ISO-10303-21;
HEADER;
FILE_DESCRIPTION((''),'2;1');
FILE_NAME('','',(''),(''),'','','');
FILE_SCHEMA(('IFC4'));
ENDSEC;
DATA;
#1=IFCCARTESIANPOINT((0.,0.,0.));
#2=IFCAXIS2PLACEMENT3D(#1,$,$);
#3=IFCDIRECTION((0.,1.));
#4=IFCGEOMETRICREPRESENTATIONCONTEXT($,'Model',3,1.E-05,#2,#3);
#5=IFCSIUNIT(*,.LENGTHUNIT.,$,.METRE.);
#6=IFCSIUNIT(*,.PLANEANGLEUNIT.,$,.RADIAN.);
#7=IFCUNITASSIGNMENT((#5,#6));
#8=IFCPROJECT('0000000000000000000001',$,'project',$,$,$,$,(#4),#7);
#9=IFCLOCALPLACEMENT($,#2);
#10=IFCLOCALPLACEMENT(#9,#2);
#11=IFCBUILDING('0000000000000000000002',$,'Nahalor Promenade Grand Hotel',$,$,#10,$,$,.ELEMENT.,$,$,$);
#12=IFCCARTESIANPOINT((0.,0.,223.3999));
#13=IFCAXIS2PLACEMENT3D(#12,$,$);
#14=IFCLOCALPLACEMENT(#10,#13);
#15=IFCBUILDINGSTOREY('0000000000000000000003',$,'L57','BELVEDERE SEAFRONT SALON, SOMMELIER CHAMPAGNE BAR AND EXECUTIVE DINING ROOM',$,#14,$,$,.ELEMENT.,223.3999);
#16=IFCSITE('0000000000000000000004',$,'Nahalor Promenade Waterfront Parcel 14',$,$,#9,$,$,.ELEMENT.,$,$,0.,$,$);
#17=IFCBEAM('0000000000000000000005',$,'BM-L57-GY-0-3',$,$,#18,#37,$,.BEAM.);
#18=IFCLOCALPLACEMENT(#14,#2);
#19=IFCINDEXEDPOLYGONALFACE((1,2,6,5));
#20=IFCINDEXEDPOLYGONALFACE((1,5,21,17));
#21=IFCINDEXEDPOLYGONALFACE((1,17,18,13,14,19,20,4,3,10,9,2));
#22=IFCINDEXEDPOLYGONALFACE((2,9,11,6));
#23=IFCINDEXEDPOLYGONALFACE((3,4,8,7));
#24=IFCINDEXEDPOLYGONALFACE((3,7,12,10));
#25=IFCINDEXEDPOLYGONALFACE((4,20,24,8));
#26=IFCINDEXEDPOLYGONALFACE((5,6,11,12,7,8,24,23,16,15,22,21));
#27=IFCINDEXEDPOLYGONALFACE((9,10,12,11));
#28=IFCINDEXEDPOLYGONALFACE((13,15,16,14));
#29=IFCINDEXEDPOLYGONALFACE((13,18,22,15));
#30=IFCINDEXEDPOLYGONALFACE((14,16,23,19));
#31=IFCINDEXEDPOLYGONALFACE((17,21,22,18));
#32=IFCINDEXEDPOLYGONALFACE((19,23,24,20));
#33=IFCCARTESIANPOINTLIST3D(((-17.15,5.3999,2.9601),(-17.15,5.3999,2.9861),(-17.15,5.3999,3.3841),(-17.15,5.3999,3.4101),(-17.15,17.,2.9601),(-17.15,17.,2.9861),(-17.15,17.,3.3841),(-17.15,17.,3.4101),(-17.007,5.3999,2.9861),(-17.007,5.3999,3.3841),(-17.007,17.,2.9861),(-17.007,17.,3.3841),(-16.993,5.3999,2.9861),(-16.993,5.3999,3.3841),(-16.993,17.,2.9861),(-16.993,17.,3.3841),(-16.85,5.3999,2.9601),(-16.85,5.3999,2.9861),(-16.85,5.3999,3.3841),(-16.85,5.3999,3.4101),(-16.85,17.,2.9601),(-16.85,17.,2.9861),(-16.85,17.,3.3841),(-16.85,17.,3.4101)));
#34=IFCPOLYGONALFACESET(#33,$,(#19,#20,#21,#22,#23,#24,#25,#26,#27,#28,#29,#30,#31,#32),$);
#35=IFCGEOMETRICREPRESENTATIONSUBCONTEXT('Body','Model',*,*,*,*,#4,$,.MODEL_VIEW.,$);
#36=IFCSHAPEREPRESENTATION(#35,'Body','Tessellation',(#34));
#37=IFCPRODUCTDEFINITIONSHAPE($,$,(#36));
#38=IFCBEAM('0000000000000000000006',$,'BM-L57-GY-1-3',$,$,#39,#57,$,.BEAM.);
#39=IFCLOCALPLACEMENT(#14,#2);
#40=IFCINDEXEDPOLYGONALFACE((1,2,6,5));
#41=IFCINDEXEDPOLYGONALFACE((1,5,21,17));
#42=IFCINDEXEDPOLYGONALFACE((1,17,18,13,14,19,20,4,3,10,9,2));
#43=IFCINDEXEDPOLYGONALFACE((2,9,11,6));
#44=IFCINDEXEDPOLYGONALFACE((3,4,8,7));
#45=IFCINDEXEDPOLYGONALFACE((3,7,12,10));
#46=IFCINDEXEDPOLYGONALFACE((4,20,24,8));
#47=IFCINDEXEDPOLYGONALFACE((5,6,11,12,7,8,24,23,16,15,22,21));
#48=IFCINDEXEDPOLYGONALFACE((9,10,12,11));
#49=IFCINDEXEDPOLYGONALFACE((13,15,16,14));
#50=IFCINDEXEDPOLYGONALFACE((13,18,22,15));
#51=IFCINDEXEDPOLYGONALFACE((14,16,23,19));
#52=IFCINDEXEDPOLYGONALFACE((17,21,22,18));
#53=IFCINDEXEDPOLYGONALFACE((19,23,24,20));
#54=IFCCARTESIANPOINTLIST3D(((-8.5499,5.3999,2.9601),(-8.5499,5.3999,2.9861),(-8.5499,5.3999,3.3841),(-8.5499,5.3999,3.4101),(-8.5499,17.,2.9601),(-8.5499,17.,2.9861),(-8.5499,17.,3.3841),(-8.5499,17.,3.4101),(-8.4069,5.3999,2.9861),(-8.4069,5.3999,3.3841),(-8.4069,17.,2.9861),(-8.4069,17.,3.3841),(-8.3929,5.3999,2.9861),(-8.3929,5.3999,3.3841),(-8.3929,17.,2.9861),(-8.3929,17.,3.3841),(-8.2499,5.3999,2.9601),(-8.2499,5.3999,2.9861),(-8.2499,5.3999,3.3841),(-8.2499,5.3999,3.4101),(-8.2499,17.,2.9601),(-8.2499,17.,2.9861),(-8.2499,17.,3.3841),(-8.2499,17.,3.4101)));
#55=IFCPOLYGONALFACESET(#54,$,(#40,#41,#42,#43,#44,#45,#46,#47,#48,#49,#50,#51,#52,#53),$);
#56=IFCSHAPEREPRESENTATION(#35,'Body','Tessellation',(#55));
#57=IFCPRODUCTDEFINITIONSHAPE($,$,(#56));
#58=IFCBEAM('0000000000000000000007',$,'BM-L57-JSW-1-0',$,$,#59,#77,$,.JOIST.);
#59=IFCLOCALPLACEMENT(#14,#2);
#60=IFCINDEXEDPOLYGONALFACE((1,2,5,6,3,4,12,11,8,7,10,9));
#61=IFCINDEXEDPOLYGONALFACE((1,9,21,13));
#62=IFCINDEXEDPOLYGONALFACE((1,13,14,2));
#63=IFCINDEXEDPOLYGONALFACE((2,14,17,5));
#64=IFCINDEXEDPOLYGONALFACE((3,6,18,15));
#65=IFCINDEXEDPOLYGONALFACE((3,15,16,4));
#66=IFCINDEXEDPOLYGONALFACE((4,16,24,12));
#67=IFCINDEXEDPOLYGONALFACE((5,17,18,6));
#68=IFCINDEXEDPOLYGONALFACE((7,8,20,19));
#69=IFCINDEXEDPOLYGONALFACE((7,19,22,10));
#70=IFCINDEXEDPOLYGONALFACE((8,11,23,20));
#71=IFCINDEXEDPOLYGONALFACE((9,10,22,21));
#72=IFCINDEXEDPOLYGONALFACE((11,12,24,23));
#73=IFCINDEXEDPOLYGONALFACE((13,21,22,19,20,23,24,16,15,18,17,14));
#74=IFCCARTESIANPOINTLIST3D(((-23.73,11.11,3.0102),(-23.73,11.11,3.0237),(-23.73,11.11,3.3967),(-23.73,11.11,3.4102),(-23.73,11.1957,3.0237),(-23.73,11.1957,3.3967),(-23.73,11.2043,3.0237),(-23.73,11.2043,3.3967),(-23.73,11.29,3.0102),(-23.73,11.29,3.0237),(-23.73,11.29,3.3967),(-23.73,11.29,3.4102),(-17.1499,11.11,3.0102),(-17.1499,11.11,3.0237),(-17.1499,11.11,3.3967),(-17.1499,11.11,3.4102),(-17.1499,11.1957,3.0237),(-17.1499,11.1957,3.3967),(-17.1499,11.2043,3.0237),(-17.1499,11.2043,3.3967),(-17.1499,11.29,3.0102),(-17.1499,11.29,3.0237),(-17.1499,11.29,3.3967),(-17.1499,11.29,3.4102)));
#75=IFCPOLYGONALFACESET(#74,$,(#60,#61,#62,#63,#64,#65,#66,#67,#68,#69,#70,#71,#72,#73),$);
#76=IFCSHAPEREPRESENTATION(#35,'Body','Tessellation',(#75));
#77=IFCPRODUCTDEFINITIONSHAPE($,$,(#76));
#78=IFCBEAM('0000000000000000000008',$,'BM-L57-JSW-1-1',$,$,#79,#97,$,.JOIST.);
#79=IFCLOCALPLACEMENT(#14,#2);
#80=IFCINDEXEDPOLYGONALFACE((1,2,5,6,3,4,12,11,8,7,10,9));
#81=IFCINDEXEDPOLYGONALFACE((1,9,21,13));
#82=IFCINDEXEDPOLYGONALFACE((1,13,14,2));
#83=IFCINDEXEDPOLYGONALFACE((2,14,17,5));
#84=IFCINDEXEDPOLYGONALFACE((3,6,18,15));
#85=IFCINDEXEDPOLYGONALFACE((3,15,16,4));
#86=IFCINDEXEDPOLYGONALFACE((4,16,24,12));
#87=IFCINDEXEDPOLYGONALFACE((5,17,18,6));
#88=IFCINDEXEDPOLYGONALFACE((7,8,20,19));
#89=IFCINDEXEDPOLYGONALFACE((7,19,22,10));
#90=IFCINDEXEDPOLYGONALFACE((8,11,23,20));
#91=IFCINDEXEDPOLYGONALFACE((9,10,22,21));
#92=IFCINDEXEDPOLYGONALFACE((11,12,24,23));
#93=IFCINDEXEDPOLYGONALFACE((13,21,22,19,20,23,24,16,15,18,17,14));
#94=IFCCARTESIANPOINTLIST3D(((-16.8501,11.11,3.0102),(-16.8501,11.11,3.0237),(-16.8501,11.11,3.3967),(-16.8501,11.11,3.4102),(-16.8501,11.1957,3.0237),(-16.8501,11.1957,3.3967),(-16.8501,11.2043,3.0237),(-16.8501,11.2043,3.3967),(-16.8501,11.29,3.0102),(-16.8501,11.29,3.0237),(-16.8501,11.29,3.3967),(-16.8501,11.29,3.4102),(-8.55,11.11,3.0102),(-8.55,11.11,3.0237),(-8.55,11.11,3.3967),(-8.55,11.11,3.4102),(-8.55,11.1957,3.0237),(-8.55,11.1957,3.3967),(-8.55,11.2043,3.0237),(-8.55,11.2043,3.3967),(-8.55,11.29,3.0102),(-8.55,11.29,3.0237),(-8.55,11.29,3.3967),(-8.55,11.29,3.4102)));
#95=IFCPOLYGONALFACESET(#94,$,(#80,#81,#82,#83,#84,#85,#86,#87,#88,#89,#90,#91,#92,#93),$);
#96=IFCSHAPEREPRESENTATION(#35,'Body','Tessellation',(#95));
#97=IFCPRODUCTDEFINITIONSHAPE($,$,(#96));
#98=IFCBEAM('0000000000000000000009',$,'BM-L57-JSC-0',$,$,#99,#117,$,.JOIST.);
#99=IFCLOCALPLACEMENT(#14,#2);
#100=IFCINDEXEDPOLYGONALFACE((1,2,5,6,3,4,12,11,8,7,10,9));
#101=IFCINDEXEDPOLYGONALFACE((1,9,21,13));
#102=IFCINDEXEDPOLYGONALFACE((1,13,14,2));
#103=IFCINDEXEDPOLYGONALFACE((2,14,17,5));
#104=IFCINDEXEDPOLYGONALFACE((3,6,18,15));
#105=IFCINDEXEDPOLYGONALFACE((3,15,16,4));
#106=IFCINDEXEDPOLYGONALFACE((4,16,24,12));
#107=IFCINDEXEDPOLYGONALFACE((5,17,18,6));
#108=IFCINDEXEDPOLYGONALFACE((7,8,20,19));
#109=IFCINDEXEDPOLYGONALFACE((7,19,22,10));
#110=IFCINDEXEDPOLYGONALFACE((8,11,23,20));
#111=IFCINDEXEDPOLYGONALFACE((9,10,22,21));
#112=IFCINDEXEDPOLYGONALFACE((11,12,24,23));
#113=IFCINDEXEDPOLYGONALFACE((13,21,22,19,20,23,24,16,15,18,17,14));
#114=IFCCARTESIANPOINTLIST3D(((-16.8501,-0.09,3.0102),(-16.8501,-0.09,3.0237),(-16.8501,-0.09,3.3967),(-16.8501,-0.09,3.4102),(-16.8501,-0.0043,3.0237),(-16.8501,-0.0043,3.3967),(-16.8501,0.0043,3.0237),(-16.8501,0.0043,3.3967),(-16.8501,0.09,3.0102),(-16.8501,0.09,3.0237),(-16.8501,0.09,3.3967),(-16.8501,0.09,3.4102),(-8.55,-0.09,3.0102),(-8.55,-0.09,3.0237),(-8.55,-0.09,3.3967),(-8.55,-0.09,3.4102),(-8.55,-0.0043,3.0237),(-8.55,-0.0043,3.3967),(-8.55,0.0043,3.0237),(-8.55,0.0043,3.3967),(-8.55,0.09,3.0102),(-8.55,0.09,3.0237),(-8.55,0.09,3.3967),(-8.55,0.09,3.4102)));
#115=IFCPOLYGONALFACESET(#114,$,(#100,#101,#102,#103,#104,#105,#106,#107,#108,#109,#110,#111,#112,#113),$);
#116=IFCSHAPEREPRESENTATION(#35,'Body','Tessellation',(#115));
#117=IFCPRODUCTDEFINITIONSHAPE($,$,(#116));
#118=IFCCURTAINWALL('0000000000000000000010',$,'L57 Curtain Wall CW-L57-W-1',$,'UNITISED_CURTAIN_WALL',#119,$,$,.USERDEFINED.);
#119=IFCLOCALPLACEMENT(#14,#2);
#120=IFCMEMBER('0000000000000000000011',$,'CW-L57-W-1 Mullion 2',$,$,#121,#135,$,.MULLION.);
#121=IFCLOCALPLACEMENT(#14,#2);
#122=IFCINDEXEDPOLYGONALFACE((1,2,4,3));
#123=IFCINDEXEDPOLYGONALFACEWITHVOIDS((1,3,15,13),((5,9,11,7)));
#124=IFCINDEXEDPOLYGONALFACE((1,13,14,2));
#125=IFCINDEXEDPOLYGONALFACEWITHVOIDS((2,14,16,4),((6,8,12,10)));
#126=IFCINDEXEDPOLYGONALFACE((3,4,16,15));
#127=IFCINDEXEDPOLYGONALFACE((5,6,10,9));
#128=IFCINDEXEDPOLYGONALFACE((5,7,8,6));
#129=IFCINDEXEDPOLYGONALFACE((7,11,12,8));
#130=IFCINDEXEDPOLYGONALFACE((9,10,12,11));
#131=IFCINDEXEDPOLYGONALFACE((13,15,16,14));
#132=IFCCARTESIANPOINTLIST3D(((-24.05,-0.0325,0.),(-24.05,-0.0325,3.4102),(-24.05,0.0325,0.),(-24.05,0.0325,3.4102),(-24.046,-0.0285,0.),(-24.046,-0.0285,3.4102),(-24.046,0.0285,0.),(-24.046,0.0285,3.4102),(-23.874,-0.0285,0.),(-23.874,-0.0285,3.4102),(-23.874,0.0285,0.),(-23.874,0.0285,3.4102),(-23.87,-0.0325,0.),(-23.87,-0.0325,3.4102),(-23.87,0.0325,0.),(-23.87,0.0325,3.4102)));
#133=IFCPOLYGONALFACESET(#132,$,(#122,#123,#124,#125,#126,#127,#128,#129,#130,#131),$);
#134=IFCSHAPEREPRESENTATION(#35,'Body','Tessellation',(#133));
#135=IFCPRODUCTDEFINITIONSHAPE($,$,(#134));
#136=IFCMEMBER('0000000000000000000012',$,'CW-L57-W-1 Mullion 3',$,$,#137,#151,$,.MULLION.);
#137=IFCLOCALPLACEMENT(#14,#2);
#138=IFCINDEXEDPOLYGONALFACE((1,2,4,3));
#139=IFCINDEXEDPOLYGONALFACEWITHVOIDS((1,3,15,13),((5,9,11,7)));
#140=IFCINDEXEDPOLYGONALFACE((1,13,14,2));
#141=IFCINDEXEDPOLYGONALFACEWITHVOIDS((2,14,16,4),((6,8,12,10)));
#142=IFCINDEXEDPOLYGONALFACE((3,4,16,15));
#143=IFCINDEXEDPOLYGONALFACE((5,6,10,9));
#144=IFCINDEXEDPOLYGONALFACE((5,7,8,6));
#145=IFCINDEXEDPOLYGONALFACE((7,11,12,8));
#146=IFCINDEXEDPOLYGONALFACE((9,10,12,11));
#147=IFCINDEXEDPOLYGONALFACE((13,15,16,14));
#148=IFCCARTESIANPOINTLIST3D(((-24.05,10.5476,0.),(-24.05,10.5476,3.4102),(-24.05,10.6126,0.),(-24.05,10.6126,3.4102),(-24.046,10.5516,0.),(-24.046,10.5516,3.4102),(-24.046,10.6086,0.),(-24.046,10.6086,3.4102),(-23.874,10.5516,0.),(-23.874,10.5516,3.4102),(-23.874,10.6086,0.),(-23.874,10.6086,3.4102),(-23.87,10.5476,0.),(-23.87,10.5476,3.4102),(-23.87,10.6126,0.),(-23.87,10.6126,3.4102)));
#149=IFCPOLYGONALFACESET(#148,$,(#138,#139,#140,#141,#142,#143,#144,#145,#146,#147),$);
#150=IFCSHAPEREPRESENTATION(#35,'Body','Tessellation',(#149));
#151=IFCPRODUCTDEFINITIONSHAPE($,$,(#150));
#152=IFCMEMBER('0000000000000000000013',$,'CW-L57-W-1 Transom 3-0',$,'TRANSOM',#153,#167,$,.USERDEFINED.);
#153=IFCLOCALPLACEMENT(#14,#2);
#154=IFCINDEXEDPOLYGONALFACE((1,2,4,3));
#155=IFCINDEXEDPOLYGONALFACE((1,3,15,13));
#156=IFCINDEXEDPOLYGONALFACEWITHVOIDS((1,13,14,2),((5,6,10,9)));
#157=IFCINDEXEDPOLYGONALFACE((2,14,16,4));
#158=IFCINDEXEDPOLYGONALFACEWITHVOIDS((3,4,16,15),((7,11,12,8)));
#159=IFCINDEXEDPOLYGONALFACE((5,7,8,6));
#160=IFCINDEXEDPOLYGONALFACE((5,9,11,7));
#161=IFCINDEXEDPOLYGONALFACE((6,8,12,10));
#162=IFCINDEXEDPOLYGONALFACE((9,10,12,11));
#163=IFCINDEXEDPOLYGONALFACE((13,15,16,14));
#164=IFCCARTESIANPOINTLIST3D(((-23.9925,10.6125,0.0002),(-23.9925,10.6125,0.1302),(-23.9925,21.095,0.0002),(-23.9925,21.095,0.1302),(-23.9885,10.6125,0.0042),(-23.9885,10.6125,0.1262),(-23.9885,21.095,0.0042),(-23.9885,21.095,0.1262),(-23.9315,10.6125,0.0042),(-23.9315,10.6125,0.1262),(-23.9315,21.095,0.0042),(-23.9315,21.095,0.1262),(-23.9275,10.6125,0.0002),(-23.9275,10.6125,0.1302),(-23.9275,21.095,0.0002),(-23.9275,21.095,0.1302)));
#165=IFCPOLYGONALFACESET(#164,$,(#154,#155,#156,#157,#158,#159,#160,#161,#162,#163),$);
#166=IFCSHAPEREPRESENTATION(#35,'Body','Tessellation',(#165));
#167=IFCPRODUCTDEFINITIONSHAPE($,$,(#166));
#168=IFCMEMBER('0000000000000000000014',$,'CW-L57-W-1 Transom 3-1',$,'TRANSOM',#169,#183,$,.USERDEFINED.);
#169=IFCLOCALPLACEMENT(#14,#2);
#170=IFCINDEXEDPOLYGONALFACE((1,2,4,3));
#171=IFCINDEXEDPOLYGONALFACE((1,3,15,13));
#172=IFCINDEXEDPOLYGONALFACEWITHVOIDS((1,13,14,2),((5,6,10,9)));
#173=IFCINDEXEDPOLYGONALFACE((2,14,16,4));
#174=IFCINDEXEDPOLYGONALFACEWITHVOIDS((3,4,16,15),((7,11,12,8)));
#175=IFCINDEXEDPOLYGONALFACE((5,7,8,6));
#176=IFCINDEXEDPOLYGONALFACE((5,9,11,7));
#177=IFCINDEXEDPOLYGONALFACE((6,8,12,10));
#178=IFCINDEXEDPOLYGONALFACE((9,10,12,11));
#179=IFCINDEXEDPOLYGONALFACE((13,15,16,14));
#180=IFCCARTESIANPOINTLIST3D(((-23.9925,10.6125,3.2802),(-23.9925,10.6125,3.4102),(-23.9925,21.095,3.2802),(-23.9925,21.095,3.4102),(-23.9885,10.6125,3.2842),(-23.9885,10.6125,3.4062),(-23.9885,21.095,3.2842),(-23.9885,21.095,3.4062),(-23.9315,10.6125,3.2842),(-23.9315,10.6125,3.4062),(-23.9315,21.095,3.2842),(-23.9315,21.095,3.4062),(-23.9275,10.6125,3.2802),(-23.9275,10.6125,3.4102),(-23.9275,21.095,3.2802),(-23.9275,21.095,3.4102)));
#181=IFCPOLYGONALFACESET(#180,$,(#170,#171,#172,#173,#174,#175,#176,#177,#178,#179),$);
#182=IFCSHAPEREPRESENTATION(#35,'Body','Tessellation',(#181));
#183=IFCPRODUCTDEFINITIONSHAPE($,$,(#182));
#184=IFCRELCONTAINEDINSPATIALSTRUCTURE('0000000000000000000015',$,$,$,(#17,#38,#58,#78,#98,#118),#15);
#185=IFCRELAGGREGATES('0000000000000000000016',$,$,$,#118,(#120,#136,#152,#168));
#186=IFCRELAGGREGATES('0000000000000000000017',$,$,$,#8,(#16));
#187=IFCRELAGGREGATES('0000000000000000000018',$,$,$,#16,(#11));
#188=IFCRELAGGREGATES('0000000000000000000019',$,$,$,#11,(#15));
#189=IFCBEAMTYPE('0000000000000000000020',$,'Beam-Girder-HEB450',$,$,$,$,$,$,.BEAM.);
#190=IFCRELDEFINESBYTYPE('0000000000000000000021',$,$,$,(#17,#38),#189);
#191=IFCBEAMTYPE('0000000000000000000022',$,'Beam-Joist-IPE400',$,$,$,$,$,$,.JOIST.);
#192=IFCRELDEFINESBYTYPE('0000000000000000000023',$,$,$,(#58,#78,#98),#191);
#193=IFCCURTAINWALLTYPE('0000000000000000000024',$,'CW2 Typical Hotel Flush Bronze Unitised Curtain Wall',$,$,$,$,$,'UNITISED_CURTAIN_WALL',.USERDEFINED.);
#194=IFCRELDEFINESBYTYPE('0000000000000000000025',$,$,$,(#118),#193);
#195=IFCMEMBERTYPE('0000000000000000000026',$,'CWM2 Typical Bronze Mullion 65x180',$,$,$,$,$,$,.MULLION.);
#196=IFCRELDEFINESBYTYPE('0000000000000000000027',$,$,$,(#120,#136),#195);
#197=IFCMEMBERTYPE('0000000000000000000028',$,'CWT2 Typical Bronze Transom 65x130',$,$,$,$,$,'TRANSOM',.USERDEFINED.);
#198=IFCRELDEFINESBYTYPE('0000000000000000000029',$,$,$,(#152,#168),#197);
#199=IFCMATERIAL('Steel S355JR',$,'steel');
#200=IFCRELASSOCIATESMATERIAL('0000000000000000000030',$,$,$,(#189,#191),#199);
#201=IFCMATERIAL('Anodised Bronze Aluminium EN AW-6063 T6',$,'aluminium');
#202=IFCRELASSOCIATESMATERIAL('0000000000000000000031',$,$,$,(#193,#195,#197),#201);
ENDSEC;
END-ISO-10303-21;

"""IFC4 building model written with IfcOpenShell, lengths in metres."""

from ifc_helpers import new_model, si_unit, direction, frame, origin, origin_2d, place, context, subcontext, project, spatial, hollow_rectangle, i_section, extrude, source, transform, mapped, material, material_profile, profile_set, type_object, element, aggregate, save


model = new_model("IFC4")

# Units and contexts
model_context = context("Model", 3, precision=1e-05, world=origin(), true_north=direction((0.0, 1.0)))
body_context = subcontext(model_context, "Body", "Model", "MODEL_VIEW")
ifc_project = project(units=[si_unit("LENGTHUNIT", "METRE"), si_unit("PLANEANGLEUNIT", "RADIAN")], contexts=[model_context])

# Site, building, storey
site_placement = place(None, origin())
site = spatial("IfcSite", under=ifc_project, at=site_placement, Name="Nahalor Promenade Waterfront Parcel 14", CompositionType="ELEMENT", RefElevation=0.0)
building_placement = place(site_placement, origin())
building = spatial("IfcBuilding", under=site, at=building_placement, Name="Nahalor Promenade Grand Hotel", CompositionType="ELEMENT")
storey_placement = place(building_placement, frame((0.0, 0.0, 223.3999)))
storey = spatial("IfcBuildingStorey", under=building, at=storey_placement, Name="L57", Description="BELVEDERE SEAFRONT SALON, SOMMELIER CHAMPAGNE BAR AND EXECUTIVE DINING ROOM", CompositionType="ELEMENT", Elevation=223.3999)

# Shared definitions
ifc_material_1 = material(Name="Steel S355JR", Category="steel")

# Beams
ifc_material_profile_1 = material_profile(ifc_material_1, i_section(OverallWidth=0.3, OverallDepth=0.45, WebThickness=0.014, FlangeThickness=0.026, at=origin_2d()), Name="HEB 450")
ifc_profile_set_1 = profile_set([ifc_material_profile_1], Name="Steel S355JR")
beam_type_1 = type_object("IfcBeamType", Name="Beam-Girder-HEB450", PredefinedType="BEAM", material=ifc_profile_set_1)
shared_shape_1 = source(origin(), body_context, "Body", "SweptSolid", [
    extrude(i_section(OverallWidth=0.3, OverallDepth=0.45, WebThickness=0.014, FlangeThickness=0.026, at=origin_2d()), origin(), (0.0, 0.0, 1.0), 11.6001),
])
for number, where, z_axis, x_axis, name in (
    (1, (-17.0, 5.3999, 3.1851), (0.0, 1.0, 0.0), (-1.0, 0.0, 0.0), "BM-L57-GY-0-3"),
    (2, (-8.3999, 5.3999, 3.1851), (0.0, 1.0, 0.0), (-1.0, 0.0, 0.0), "BM-L57-GY-1-3"),
):
    element("IfcBeam", number, at=place(storey_placement, frame(where, z_axis=z_axis, x_axis=x_axis)), inside=storey, type_object=beam_type_1, Name=name, PredefinedType="BEAM", context=body_context, shape_type="MappedRepresentation", body=[
        mapped(shared_shape_1, transform((0.0, 0.0, 0.0), scale=1.0)),
    ])
ifc_material_profile_2 = material_profile(ifc_material_1, i_section(OverallWidth=0.18, OverallDepth=0.4, WebThickness=0.0086, FlangeThickness=0.0135, at=origin_2d()), Name="IPE 400")
ifc_profile_set_2 = profile_set([ifc_material_profile_2], Name="Steel S355JR")
beam_type_2 = type_object("IfcBeamType", Name="Beam-Joist-IPE400", PredefinedType="JOIST", material=ifc_profile_set_2)
shared_shape_2 = source(origin(), body_context, "Body", "SweptSolid", [
    extrude(i_section(OverallWidth=0.18, OverallDepth=0.4, WebThickness=0.0086, FlangeThickness=0.0135, at=origin_2d()), origin(), (0.0, 0.0, 1.0), 6.5801),
])
beam_1_placement = place(storey_placement, frame((-23.73, 11.2, 3.2102), z_axis=(1.0, 0.0, 0.0), x_axis=(0.0, 1.0, 0.0)))
element("IfcBeam", 3, at=beam_1_placement, inside=storey, type_object=beam_type_2, Name="BM-L57-JSW-1-0", PredefinedType="JOIST", context=body_context, shape_type="MappedRepresentation", body=[
    mapped(shared_shape_2, transform((0.0, 0.0, 0.0), scale=1.0)),
])
shared_shape_3 = source(origin(), body_context, "Body", "SweptSolid", [
    extrude(i_section(OverallWidth=0.18, OverallDepth=0.4, WebThickness=0.0086, FlangeThickness=0.0135, at=origin_2d()), origin(), (0.0, 0.0, 1.0), 8.3),
])
for number, where, z_axis, x_axis, name in (
    (4, (-16.8501, 11.2, 3.2102), (1.0, 0.0, 0.0), (0.0, 1.0, 0.0), "BM-L57-JSW-1-1"),
    (5, (-16.8501, 0.0, 3.2102), (1.0, 0.0, 0.0), (0.0, 1.0, 0.0), "BM-L57-JSC-0"),
):
    element("IfcBeam", number, at=place(storey_placement, frame(where, z_axis=z_axis, x_axis=x_axis)), inside=storey, type_object=beam_type_2, Name=name, PredefinedType="JOIST", context=body_context, shape_type="MappedRepresentation", body=[
        mapped(shared_shape_3, transform((0.0, 0.0, 0.0), scale=1.0)),
    ])

# Curtain wall, members
ifc_material_2 = material(Name="Anodised Bronze Aluminium EN AW-6063 T6", Category="aluminium")
curtain_wall_type = type_object("IfcCurtainWallType", Name="CW2 Typical Hotel Flush Bronze Unitised Curtain Wall", ElementType="UNITISED_CURTAIN_WALL", PredefinedType="USERDEFINED", material=ifc_material_2)
curtain_wall_placement = place(storey_placement, origin())
curtain_wall = element("IfcCurtainWall", 6, at=curtain_wall_placement, inside=storey, type_object=curtain_wall_type, Name="L57 Curtain Wall CW-L57-W-1", ObjectType="UNITISED_CURTAIN_WALL", PredefinedType="USERDEFINED")
ifc_material_profile_3 = material_profile(ifc_material_2, hollow_rectangle(XDim=0.065, YDim=0.18, WallThickness=0.004, at=origin_2d()), Name="CWM 65x180x4")
ifc_profile_set_3 = profile_set([ifc_material_profile_3], Name="Anodised Bronze Aluminium EN AW-6063 T6")
member_type_1 = type_object("IfcMemberType", Name="CWM2 Typical Bronze Mullion 65x180", PredefinedType="MULLION", material=ifc_profile_set_3)
shared_shape_4 = source(origin(), body_context, "Body", "SweptSolid", [
    extrude(hollow_rectangle(XDim=0.065, YDim=0.18, WallThickness=0.004, at=origin_2d()), origin(), (0.0, 0.0, 1.0), 3.4102),
])
member_1_placement = place(storey_placement, frame((-23.96, 0.0, 0.0), z_axis=(0.0, 0.0, 1.0), x_axis=(0.0, 1.0, 0.0)))
member_1 = element("IfcMember", 7, at=member_1_placement, type_object=member_type_1, Name="CW-L57-W-1 Mullion 2", PredefinedType="MULLION", context=body_context, shape_type="MappedRepresentation", body=[
    mapped(shared_shape_4, transform((0.0, 0.0, 0.0), scale=1.0)),
])
member_2_placement = place(storey_placement, frame((-23.96, 10.5801, 0.0), z_axis=(0.0, 0.0, 1.0), x_axis=(0.0, 1.0, 0.0)))
member_2 = element("IfcMember", 8, at=member_2_placement, type_object=member_type_1, Name="CW-L57-W-1 Mullion 3", PredefinedType="MULLION", context=body_context, shape_type="MappedRepresentation", body=[
    mapped(shared_shape_4, transform((0.0, 0.0, 0.0), scale=1.0)),
])
ifc_material_profile_4 = material_profile(ifc_material_2, hollow_rectangle(XDim=0.065, YDim=0.13, WallThickness=0.004, at=origin_2d()), Name="CWT 65x130x4")
ifc_profile_set_4 = profile_set([ifc_material_profile_4], Name="Anodised Bronze Aluminium EN AW-6063 T6")
member_type_2 = type_object("IfcMemberType", Name="CWT2 Typical Bronze Transom 65x130", ElementType="TRANSOM", PredefinedType="USERDEFINED", material=ifc_profile_set_4)
shared_shape_5 = source(origin(), body_context, "Body", "SweptSolid", [
    extrude(hollow_rectangle(XDim=0.065, YDim=0.13, WallThickness=0.004, at=origin_2d()), origin(), (0.0, 0.0, 1.0), 10.4824),
])
member_3_placement = place(storey_placement, frame((-23.96, 10.6125, 0.0652), z_axis=(0.0, 1.0, 0.0), x_axis=(-1.0, 0.0, 0.0)))
member_3 = element("IfcMember", 9, at=member_3_placement, type_object=member_type_2, Name="CW-L57-W-1 Transom 3-0", ObjectType="TRANSOM", PredefinedType="USERDEFINED", context=body_context, shape_type="MappedRepresentation", body=[
    mapped(shared_shape_5, transform((0.0, 0.0, 0.0), scale=1.0)),
])
member_4_placement = place(storey_placement, frame((-23.96, 10.6125, 3.3452), z_axis=(0.0, 1.0, 0.0), x_axis=(-1.0, 0.0, 0.0)))
member_4 = element("IfcMember", 10, at=member_4_placement, type_object=member_type_2, Name="CW-L57-W-1 Transom 3-1", ObjectType="TRANSOM", PredefinedType="USERDEFINED", context=body_context, shape_type="MappedRepresentation", body=[
    mapped(shared_shape_5, transform((0.0, 0.0, 0.0), scale=1.0)),
])
aggregate(curtain_wall, [member_1, member_2, member_3, member_4])

save(model, "model.ifc")
